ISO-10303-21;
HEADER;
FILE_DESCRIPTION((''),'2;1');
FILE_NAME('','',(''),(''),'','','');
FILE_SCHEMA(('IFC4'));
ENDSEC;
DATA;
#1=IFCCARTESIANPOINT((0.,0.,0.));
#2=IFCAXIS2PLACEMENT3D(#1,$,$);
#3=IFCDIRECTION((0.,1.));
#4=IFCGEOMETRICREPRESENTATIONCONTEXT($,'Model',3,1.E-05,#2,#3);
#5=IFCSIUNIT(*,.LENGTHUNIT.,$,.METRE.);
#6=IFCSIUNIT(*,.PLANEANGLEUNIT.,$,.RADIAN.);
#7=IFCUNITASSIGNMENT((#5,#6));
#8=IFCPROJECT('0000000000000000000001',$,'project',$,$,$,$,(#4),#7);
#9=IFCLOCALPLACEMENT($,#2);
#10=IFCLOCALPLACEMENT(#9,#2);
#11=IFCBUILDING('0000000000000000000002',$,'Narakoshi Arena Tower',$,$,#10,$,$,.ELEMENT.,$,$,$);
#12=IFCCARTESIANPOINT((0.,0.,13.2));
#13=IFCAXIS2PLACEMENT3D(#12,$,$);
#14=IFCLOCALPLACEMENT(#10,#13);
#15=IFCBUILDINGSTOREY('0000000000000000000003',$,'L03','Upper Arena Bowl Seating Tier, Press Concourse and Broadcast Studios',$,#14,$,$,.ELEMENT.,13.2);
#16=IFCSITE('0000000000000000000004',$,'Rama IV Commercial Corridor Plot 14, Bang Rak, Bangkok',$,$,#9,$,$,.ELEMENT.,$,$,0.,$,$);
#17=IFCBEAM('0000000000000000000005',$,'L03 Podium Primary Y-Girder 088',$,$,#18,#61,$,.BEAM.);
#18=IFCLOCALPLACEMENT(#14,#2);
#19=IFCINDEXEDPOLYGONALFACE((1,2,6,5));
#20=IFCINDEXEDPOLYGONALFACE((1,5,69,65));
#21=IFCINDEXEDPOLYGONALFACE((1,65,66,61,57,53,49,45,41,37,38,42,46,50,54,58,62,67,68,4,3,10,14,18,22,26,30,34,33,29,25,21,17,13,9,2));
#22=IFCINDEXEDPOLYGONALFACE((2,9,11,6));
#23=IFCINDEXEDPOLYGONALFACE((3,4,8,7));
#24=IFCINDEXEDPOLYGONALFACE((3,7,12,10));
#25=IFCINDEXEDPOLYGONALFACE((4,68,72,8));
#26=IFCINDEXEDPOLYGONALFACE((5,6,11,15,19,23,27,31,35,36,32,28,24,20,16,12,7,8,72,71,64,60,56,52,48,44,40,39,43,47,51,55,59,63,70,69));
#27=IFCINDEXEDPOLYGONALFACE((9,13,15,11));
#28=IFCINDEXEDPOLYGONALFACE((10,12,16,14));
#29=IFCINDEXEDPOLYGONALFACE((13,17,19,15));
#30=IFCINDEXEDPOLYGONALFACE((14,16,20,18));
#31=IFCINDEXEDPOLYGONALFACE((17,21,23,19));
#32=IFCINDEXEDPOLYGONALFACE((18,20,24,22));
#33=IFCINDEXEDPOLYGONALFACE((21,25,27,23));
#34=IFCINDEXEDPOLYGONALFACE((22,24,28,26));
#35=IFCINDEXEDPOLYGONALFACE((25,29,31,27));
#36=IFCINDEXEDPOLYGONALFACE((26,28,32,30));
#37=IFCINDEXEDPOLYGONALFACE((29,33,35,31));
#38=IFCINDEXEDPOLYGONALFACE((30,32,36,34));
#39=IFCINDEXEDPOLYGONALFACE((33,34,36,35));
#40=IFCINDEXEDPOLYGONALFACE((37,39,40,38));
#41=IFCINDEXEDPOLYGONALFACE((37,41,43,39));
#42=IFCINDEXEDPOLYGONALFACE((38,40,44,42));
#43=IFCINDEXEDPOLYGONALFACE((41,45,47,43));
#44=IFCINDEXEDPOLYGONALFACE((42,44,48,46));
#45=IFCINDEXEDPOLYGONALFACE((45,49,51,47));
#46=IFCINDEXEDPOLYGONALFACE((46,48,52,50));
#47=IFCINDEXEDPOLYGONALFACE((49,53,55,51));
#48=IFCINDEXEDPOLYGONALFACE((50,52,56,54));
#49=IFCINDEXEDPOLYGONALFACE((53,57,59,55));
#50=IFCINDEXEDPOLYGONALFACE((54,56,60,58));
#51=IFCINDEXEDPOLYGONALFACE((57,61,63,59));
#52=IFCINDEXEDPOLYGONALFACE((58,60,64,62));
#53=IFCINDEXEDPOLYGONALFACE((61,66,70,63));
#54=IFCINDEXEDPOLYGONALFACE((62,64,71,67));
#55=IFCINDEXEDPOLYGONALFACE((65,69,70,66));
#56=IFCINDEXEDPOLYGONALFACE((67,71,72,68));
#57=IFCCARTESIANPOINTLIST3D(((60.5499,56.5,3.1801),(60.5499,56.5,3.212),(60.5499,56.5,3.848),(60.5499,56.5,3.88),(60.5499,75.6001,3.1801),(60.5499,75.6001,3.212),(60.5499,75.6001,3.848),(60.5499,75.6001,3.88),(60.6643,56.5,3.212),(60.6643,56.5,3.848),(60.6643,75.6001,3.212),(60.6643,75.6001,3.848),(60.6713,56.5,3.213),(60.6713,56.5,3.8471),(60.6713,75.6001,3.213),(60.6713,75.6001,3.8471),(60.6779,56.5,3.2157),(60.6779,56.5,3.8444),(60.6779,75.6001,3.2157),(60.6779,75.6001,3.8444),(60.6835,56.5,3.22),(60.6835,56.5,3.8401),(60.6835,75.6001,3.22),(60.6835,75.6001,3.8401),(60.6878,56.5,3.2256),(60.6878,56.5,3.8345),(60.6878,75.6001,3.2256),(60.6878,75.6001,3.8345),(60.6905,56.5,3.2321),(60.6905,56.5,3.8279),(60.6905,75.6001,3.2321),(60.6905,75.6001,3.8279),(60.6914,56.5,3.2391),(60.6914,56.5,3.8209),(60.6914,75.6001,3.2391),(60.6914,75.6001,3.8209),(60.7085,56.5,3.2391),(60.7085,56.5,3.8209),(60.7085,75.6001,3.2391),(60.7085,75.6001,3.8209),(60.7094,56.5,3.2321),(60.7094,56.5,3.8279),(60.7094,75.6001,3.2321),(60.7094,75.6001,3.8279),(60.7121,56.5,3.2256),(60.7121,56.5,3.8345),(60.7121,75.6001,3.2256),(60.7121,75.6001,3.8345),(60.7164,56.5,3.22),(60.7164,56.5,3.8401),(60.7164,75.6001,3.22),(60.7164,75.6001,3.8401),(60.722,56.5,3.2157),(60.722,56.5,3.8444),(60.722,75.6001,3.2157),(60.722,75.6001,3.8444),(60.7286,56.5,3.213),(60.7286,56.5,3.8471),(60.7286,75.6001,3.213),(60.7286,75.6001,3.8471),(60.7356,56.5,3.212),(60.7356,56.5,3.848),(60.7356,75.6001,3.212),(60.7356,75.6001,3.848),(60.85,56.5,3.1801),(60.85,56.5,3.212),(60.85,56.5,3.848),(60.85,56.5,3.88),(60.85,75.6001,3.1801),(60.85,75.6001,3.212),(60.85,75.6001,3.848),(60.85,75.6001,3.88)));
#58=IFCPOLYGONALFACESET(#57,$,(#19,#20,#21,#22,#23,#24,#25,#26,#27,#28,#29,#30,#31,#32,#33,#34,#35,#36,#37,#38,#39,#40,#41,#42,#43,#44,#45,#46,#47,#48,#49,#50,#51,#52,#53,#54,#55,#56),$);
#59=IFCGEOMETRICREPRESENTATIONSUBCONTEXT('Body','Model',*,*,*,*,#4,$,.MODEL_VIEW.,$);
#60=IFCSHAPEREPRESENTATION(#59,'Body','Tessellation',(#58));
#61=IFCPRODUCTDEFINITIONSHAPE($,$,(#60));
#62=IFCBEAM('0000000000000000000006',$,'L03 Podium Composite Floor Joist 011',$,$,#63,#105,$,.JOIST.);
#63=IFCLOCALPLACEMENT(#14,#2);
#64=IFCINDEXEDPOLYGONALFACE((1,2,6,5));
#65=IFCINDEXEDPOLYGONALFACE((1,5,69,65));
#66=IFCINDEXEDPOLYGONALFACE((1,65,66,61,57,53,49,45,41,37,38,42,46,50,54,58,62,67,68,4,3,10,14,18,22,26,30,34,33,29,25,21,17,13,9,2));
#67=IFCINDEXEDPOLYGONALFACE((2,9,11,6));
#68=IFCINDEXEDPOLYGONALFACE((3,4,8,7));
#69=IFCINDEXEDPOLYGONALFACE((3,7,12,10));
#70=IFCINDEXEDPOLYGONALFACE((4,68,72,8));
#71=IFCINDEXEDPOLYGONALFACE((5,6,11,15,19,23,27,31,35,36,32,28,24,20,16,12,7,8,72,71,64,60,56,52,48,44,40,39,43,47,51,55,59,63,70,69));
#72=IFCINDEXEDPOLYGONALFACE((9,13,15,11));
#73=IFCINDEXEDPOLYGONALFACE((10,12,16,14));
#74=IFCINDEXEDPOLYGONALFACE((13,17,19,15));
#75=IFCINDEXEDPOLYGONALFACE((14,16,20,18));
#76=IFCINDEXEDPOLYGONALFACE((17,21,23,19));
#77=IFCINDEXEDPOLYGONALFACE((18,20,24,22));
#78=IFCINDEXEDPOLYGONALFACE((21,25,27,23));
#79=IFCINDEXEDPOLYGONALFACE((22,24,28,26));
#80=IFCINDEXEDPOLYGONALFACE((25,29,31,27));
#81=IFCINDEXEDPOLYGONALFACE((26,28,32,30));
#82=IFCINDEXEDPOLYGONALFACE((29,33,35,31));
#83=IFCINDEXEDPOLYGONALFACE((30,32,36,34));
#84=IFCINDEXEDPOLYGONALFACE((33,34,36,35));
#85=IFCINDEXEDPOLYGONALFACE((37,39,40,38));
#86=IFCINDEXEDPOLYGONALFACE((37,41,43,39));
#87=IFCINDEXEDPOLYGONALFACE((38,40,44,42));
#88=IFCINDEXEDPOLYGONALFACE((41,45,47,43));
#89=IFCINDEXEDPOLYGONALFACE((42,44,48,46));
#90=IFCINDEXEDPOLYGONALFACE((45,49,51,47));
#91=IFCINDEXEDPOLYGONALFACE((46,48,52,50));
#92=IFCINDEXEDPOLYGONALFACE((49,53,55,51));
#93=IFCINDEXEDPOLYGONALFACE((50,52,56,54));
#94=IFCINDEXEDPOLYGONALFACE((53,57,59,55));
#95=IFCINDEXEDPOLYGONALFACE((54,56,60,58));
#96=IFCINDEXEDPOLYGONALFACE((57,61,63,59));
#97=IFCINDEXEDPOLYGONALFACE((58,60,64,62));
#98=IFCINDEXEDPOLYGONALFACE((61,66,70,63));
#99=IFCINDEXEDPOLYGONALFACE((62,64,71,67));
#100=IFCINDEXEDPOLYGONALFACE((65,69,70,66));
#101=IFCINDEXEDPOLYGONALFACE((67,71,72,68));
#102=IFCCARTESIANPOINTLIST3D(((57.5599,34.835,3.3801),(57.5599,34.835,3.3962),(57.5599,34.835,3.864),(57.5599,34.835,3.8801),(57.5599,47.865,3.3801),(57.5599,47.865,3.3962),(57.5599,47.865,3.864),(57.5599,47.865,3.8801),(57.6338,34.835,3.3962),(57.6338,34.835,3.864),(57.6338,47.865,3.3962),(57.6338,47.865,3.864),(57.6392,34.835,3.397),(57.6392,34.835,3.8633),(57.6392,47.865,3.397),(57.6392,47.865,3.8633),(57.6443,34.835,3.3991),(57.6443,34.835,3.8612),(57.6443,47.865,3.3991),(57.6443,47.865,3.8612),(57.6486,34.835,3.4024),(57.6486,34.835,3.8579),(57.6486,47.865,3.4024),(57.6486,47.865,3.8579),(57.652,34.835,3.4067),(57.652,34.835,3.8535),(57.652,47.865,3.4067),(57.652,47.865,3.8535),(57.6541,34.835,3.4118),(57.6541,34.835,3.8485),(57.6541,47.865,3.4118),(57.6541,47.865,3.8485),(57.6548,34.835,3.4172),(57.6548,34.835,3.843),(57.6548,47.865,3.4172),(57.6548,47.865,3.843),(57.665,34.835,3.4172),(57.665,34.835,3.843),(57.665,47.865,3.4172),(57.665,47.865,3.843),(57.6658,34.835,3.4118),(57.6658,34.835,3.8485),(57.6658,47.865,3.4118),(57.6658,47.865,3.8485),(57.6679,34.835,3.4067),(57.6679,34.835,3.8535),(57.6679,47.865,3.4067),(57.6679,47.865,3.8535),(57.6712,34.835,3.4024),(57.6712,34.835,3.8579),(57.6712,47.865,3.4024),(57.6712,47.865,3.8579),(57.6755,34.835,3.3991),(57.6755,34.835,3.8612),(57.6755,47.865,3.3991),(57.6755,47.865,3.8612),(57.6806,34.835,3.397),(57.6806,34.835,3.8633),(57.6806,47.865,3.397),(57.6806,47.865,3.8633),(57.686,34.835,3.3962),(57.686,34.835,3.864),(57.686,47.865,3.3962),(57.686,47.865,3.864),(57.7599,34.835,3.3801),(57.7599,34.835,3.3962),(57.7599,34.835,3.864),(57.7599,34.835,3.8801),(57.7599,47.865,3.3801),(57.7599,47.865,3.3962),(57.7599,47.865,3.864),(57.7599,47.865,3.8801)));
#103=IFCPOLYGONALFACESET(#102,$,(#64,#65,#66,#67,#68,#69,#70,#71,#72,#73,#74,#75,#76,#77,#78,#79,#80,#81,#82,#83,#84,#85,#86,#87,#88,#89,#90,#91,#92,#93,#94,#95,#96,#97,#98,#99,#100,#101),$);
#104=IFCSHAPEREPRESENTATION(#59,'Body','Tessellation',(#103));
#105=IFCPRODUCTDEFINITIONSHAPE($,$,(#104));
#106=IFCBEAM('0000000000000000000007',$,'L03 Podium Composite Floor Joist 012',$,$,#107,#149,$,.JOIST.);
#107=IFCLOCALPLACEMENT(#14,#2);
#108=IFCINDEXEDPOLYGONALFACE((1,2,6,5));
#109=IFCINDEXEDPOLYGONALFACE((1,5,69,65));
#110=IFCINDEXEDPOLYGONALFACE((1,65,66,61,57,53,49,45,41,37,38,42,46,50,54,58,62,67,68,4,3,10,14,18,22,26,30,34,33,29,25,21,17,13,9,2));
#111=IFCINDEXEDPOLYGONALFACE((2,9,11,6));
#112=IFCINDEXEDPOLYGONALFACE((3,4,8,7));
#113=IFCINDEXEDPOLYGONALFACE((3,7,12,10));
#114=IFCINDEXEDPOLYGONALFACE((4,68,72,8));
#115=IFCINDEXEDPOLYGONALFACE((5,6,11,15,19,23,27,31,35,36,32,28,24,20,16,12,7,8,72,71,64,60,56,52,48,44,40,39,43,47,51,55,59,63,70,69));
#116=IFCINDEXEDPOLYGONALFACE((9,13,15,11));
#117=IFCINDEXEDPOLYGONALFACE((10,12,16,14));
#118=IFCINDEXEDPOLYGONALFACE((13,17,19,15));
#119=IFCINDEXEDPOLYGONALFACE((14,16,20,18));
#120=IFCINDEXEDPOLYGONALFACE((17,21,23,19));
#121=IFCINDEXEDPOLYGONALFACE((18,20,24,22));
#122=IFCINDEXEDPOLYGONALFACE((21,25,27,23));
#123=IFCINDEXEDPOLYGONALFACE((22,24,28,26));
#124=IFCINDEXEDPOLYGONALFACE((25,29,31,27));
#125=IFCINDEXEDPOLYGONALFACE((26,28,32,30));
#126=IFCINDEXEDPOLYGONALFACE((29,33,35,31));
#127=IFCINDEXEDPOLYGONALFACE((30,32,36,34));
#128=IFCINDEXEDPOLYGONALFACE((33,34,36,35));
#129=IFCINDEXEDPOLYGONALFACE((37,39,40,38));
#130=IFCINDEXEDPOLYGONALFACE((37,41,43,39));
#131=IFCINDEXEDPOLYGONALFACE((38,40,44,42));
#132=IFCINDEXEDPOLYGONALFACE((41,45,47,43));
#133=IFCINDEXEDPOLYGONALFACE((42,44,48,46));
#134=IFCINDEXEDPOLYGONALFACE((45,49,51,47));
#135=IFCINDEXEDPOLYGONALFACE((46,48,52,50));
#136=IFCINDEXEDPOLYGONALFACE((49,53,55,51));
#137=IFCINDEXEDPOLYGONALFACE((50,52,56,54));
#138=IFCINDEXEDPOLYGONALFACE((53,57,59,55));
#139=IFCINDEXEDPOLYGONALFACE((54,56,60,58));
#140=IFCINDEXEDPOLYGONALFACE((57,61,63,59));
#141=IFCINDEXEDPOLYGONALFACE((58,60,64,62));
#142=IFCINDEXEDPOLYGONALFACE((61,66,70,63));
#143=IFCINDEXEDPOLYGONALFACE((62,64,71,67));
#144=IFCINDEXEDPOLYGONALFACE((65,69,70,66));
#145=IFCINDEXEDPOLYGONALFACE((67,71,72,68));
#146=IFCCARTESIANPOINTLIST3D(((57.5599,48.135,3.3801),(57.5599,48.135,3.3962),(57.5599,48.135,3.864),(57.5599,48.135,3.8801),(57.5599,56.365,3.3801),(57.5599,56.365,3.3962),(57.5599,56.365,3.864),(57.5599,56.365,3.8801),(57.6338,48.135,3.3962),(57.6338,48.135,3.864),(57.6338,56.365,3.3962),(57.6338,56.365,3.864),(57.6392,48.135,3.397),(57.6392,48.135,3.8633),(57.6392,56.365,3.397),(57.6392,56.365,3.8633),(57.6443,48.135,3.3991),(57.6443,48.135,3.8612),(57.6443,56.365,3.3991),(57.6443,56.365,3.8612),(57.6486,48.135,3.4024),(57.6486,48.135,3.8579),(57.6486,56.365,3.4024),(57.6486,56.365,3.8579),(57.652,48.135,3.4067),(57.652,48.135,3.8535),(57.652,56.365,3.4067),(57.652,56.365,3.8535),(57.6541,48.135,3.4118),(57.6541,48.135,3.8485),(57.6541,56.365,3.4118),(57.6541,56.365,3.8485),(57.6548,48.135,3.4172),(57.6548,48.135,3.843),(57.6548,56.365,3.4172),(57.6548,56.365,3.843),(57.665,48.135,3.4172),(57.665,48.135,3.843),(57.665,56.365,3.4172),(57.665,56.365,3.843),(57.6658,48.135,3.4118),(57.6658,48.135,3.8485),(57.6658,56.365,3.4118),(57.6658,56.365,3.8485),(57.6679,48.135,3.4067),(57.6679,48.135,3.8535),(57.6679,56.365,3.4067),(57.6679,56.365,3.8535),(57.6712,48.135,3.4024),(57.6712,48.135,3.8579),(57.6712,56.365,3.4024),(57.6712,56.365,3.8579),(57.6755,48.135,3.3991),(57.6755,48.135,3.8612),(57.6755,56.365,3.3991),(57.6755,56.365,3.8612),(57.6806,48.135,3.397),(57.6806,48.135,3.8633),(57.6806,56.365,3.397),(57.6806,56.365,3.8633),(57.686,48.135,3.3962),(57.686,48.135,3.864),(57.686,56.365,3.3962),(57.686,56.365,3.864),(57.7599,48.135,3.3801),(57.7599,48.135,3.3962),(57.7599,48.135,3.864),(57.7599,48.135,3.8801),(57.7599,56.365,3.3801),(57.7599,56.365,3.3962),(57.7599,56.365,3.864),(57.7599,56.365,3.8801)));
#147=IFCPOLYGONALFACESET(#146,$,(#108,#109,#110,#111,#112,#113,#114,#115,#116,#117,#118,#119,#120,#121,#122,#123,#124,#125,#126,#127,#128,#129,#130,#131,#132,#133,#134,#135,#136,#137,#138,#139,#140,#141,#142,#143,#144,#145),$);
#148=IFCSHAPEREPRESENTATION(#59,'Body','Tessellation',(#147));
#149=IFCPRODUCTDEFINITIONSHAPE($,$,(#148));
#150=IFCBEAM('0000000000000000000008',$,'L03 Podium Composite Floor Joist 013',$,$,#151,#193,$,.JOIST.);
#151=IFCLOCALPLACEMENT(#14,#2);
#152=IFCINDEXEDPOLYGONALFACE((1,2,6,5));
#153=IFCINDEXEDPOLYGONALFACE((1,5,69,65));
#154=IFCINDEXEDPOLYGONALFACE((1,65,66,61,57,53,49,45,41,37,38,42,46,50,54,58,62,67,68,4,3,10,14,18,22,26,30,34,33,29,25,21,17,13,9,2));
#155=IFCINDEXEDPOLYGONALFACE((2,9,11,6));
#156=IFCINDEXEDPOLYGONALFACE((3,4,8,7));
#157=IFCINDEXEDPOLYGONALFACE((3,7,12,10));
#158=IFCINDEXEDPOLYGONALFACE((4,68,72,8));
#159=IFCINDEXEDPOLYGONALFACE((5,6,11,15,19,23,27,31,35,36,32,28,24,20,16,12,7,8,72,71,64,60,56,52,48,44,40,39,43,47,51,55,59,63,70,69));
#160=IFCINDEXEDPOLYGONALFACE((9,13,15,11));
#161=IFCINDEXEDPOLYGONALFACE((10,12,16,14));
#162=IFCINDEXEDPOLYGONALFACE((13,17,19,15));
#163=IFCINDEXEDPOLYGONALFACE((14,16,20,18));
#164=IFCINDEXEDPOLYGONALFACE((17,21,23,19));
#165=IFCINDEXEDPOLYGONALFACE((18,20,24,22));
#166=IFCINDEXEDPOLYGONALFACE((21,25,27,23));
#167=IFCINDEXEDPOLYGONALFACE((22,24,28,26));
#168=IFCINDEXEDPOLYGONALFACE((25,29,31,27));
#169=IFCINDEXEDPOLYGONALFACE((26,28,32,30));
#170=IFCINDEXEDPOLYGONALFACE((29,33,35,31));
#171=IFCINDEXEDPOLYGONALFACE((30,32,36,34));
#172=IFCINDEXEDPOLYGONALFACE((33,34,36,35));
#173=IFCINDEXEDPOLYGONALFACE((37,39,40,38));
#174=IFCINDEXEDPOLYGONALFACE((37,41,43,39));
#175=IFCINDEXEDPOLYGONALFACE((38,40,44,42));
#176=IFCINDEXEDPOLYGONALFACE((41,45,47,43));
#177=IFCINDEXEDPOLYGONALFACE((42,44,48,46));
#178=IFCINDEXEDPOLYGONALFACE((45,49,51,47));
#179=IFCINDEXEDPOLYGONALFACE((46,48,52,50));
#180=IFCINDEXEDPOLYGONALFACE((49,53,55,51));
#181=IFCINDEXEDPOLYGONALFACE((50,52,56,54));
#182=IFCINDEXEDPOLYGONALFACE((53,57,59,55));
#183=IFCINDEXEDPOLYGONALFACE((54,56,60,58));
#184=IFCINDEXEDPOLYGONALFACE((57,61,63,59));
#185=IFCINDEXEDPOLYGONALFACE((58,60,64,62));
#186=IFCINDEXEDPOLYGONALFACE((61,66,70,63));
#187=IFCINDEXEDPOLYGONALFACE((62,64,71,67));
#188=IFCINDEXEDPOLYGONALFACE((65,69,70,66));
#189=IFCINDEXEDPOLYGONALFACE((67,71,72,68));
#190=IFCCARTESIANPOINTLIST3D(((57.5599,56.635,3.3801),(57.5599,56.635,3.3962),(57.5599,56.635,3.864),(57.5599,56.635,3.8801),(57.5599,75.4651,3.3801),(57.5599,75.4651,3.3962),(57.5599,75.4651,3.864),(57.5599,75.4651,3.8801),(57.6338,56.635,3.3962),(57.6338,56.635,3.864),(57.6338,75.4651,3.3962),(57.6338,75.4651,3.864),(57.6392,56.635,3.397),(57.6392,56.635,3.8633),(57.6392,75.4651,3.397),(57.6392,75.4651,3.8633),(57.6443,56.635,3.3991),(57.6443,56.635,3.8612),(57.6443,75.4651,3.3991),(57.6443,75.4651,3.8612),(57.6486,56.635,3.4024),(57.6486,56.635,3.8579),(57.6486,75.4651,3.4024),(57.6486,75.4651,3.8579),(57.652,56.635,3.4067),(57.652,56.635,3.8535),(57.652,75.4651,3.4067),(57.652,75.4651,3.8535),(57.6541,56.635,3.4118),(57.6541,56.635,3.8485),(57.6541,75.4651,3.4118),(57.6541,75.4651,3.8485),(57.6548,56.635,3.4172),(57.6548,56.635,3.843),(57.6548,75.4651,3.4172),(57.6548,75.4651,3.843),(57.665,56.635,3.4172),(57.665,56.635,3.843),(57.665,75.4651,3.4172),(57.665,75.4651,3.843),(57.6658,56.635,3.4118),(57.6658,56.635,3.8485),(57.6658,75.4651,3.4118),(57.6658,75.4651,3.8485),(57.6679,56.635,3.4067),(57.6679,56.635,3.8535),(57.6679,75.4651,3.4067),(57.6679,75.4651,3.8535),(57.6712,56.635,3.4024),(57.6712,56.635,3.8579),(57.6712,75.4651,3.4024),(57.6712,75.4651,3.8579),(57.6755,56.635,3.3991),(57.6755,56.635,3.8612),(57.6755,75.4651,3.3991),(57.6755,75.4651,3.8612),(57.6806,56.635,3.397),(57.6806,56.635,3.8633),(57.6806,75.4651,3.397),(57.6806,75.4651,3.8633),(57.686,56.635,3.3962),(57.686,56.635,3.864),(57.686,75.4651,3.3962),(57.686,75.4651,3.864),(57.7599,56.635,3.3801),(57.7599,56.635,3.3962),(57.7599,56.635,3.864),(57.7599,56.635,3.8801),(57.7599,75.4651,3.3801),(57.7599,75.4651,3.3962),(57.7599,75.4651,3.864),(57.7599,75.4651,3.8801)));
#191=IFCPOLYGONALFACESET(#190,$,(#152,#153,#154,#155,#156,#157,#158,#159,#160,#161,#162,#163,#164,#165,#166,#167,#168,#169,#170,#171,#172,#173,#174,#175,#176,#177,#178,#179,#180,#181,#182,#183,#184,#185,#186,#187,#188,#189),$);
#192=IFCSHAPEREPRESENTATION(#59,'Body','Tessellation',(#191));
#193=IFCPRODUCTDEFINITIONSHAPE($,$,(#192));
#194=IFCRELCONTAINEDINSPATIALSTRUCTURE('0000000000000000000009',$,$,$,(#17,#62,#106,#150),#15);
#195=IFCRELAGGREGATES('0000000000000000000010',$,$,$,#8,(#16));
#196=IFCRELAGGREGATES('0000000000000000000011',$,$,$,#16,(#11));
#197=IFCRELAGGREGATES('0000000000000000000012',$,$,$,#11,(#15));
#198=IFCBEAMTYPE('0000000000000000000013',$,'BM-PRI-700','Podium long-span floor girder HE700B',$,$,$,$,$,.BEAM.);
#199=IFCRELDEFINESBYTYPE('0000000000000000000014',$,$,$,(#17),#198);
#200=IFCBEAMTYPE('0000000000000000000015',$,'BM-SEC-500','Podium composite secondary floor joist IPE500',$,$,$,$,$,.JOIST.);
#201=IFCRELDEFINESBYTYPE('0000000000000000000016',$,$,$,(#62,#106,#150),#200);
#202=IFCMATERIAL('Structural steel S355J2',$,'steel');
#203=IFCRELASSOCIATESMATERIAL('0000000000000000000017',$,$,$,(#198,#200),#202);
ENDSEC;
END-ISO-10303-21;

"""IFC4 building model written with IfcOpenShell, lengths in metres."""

from ifc_helpers import new_model, si_unit, direction, frame, origin, origin_2d, place, context, subcontext, project, spatial, i_section, extrude, material, material_profile, profile_set, type_object, element, save


model = new_model("IFC4")

# Units and contexts
model_context = context("Model", 3, precision=1e-05, world=origin(), true_north=direction((0.0, 1.0)))
body_context = subcontext(model_context, "Body", "Model", "MODEL_VIEW")
ifc_project = project(units=[si_unit("LENGTHUNIT", "METRE"), si_unit("PLANEANGLEUNIT", "RADIAN")], contexts=[model_context])

# Site, building, storey
site_placement = place(None, origin())
site = spatial("IfcSite", under=ifc_project, at=site_placement, Name="Rama IV Commercial Corridor Plot 14, Bang Rak, Bangkok", CompositionType="ELEMENT", RefElevation=0.0)
building_placement = place(site_placement, origin())
building = spatial("IfcBuilding", under=site, at=building_placement, Name="Narakoshi Arena Tower", CompositionType="ELEMENT")
storey_placement = place(building_placement, frame((0.0, 0.0, 13.2)))
storey = spatial("IfcBuildingStorey", under=building, at=storey_placement, Name="L03", Description="Upper Arena Bowl Seating Tier, Press Concourse and Broadcast Studios", CompositionType="ELEMENT", Elevation=13.2)

# Beams
ifc_material_1 = material(Name="Structural steel S355J2", Category="steel")
ifc_material_profile_1 = material_profile(ifc_material_1, i_section(OverallWidth=0.3, OverallDepth=0.7, WebThickness=0.0171, FlangeThickness=0.032, FilletRadius=0.0271, at=origin_2d()), Name="HE700B")
ifc_profile_set_1 = profile_set([ifc_material_profile_1], Name="Structural steel S355J2")
beam_type_1 = type_object("IfcBeamType", Name="BM-PRI-700", Description="Podium long-span floor girder HE700B", PredefinedType="BEAM", material=ifc_profile_set_1)
for number, where, z_axis, x_axis, name in (
    (1, (60.7, 56.5, 3.53), (0.0, 1.0, 0.0), (-1.0, 0.0, 0.0), "L03 Podium Primary Y-Girder 088"),
):
    element("IfcBeam", number, at=place(storey_placement, frame(where, z_axis=z_axis, x_axis=x_axis)), inside=storey, type_object=beam_type_1, Name=name, PredefinedType="BEAM", context=body_context, shape_type="SweptSolid", body=[
        extrude(i_section(OverallWidth=0.3, OverallDepth=0.7, WebThickness=0.0171, FlangeThickness=0.032, FilletRadius=0.0271, at=origin_2d()), origin(), (0.0, 0.0, 1.0), 19.1001),
    ])
ifc_material_profile_2 = material_profile(ifc_material_1, i_section(OverallWidth=0.2, OverallDepth=0.5, WebThickness=0.0103, FlangeThickness=0.0161, FilletRadius=0.021, at=origin_2d()), Name="IPE500")
ifc_profile_set_2 = profile_set([ifc_material_profile_2], Name="Structural steel S355J2")
beam_type_2 = type_object("IfcBeamType", Name="BM-SEC-500", Description="Podium composite secondary floor joist IPE500", PredefinedType="JOIST", material=ifc_profile_set_2)
beam_1_placement = place(storey_placement, frame((57.6599, 34.835, 3.6301), z_axis=(0.0, 1.0, 0.0), x_axis=(-1.0, 0.0, 0.0)))
element("IfcBeam", 2, at=beam_1_placement, inside=storey, type_object=beam_type_2, Name="L03 Podium Composite Floor Joist 011", PredefinedType="JOIST", context=body_context, shape_type="SweptSolid", body=[
    extrude(i_section(OverallWidth=0.2, OverallDepth=0.5, WebThickness=0.0103, FlangeThickness=0.0161, FilletRadius=0.021, at=origin_2d()), origin(), (0.0, 0.0, 1.0), 13.03),
])
beam_2_placement = place(storey_placement, frame((57.6599, 48.135, 3.6301), z_axis=(0.0, 1.0, 0.0), x_axis=(-1.0, 0.0, 0.0)))
element("IfcBeam", 3, at=beam_2_placement, inside=storey, type_object=beam_type_2, Name="L03 Podium Composite Floor Joist 012", PredefinedType="JOIST", context=body_context, shape_type="SweptSolid", body=[
    extrude(i_section(OverallWidth=0.2, OverallDepth=0.5, WebThickness=0.0103, FlangeThickness=0.0161, FilletRadius=0.021, at=origin_2d()), origin(), (0.0, 0.0, 1.0), 8.23),
])
beam_3_placement = place(storey_placement, frame((57.6599, 56.635, 3.6301), z_axis=(0.0, 1.0, 0.0), x_axis=(-1.0, 0.0, 0.0)))
element("IfcBeam", 4, at=beam_3_placement, inside=storey, type_object=beam_type_2, Name="L03 Podium Composite Floor Joist 013", PredefinedType="JOIST", context=body_context, shape_type="SweptSolid", body=[
    extrude(i_section(OverallWidth=0.2, OverallDepth=0.5, WebThickness=0.0103, FlangeThickness=0.0161, FilletRadius=0.021, at=origin_2d()), origin(), (0.0, 0.0, 1.0), 18.8301),
])

save(model, "model.ifc")
